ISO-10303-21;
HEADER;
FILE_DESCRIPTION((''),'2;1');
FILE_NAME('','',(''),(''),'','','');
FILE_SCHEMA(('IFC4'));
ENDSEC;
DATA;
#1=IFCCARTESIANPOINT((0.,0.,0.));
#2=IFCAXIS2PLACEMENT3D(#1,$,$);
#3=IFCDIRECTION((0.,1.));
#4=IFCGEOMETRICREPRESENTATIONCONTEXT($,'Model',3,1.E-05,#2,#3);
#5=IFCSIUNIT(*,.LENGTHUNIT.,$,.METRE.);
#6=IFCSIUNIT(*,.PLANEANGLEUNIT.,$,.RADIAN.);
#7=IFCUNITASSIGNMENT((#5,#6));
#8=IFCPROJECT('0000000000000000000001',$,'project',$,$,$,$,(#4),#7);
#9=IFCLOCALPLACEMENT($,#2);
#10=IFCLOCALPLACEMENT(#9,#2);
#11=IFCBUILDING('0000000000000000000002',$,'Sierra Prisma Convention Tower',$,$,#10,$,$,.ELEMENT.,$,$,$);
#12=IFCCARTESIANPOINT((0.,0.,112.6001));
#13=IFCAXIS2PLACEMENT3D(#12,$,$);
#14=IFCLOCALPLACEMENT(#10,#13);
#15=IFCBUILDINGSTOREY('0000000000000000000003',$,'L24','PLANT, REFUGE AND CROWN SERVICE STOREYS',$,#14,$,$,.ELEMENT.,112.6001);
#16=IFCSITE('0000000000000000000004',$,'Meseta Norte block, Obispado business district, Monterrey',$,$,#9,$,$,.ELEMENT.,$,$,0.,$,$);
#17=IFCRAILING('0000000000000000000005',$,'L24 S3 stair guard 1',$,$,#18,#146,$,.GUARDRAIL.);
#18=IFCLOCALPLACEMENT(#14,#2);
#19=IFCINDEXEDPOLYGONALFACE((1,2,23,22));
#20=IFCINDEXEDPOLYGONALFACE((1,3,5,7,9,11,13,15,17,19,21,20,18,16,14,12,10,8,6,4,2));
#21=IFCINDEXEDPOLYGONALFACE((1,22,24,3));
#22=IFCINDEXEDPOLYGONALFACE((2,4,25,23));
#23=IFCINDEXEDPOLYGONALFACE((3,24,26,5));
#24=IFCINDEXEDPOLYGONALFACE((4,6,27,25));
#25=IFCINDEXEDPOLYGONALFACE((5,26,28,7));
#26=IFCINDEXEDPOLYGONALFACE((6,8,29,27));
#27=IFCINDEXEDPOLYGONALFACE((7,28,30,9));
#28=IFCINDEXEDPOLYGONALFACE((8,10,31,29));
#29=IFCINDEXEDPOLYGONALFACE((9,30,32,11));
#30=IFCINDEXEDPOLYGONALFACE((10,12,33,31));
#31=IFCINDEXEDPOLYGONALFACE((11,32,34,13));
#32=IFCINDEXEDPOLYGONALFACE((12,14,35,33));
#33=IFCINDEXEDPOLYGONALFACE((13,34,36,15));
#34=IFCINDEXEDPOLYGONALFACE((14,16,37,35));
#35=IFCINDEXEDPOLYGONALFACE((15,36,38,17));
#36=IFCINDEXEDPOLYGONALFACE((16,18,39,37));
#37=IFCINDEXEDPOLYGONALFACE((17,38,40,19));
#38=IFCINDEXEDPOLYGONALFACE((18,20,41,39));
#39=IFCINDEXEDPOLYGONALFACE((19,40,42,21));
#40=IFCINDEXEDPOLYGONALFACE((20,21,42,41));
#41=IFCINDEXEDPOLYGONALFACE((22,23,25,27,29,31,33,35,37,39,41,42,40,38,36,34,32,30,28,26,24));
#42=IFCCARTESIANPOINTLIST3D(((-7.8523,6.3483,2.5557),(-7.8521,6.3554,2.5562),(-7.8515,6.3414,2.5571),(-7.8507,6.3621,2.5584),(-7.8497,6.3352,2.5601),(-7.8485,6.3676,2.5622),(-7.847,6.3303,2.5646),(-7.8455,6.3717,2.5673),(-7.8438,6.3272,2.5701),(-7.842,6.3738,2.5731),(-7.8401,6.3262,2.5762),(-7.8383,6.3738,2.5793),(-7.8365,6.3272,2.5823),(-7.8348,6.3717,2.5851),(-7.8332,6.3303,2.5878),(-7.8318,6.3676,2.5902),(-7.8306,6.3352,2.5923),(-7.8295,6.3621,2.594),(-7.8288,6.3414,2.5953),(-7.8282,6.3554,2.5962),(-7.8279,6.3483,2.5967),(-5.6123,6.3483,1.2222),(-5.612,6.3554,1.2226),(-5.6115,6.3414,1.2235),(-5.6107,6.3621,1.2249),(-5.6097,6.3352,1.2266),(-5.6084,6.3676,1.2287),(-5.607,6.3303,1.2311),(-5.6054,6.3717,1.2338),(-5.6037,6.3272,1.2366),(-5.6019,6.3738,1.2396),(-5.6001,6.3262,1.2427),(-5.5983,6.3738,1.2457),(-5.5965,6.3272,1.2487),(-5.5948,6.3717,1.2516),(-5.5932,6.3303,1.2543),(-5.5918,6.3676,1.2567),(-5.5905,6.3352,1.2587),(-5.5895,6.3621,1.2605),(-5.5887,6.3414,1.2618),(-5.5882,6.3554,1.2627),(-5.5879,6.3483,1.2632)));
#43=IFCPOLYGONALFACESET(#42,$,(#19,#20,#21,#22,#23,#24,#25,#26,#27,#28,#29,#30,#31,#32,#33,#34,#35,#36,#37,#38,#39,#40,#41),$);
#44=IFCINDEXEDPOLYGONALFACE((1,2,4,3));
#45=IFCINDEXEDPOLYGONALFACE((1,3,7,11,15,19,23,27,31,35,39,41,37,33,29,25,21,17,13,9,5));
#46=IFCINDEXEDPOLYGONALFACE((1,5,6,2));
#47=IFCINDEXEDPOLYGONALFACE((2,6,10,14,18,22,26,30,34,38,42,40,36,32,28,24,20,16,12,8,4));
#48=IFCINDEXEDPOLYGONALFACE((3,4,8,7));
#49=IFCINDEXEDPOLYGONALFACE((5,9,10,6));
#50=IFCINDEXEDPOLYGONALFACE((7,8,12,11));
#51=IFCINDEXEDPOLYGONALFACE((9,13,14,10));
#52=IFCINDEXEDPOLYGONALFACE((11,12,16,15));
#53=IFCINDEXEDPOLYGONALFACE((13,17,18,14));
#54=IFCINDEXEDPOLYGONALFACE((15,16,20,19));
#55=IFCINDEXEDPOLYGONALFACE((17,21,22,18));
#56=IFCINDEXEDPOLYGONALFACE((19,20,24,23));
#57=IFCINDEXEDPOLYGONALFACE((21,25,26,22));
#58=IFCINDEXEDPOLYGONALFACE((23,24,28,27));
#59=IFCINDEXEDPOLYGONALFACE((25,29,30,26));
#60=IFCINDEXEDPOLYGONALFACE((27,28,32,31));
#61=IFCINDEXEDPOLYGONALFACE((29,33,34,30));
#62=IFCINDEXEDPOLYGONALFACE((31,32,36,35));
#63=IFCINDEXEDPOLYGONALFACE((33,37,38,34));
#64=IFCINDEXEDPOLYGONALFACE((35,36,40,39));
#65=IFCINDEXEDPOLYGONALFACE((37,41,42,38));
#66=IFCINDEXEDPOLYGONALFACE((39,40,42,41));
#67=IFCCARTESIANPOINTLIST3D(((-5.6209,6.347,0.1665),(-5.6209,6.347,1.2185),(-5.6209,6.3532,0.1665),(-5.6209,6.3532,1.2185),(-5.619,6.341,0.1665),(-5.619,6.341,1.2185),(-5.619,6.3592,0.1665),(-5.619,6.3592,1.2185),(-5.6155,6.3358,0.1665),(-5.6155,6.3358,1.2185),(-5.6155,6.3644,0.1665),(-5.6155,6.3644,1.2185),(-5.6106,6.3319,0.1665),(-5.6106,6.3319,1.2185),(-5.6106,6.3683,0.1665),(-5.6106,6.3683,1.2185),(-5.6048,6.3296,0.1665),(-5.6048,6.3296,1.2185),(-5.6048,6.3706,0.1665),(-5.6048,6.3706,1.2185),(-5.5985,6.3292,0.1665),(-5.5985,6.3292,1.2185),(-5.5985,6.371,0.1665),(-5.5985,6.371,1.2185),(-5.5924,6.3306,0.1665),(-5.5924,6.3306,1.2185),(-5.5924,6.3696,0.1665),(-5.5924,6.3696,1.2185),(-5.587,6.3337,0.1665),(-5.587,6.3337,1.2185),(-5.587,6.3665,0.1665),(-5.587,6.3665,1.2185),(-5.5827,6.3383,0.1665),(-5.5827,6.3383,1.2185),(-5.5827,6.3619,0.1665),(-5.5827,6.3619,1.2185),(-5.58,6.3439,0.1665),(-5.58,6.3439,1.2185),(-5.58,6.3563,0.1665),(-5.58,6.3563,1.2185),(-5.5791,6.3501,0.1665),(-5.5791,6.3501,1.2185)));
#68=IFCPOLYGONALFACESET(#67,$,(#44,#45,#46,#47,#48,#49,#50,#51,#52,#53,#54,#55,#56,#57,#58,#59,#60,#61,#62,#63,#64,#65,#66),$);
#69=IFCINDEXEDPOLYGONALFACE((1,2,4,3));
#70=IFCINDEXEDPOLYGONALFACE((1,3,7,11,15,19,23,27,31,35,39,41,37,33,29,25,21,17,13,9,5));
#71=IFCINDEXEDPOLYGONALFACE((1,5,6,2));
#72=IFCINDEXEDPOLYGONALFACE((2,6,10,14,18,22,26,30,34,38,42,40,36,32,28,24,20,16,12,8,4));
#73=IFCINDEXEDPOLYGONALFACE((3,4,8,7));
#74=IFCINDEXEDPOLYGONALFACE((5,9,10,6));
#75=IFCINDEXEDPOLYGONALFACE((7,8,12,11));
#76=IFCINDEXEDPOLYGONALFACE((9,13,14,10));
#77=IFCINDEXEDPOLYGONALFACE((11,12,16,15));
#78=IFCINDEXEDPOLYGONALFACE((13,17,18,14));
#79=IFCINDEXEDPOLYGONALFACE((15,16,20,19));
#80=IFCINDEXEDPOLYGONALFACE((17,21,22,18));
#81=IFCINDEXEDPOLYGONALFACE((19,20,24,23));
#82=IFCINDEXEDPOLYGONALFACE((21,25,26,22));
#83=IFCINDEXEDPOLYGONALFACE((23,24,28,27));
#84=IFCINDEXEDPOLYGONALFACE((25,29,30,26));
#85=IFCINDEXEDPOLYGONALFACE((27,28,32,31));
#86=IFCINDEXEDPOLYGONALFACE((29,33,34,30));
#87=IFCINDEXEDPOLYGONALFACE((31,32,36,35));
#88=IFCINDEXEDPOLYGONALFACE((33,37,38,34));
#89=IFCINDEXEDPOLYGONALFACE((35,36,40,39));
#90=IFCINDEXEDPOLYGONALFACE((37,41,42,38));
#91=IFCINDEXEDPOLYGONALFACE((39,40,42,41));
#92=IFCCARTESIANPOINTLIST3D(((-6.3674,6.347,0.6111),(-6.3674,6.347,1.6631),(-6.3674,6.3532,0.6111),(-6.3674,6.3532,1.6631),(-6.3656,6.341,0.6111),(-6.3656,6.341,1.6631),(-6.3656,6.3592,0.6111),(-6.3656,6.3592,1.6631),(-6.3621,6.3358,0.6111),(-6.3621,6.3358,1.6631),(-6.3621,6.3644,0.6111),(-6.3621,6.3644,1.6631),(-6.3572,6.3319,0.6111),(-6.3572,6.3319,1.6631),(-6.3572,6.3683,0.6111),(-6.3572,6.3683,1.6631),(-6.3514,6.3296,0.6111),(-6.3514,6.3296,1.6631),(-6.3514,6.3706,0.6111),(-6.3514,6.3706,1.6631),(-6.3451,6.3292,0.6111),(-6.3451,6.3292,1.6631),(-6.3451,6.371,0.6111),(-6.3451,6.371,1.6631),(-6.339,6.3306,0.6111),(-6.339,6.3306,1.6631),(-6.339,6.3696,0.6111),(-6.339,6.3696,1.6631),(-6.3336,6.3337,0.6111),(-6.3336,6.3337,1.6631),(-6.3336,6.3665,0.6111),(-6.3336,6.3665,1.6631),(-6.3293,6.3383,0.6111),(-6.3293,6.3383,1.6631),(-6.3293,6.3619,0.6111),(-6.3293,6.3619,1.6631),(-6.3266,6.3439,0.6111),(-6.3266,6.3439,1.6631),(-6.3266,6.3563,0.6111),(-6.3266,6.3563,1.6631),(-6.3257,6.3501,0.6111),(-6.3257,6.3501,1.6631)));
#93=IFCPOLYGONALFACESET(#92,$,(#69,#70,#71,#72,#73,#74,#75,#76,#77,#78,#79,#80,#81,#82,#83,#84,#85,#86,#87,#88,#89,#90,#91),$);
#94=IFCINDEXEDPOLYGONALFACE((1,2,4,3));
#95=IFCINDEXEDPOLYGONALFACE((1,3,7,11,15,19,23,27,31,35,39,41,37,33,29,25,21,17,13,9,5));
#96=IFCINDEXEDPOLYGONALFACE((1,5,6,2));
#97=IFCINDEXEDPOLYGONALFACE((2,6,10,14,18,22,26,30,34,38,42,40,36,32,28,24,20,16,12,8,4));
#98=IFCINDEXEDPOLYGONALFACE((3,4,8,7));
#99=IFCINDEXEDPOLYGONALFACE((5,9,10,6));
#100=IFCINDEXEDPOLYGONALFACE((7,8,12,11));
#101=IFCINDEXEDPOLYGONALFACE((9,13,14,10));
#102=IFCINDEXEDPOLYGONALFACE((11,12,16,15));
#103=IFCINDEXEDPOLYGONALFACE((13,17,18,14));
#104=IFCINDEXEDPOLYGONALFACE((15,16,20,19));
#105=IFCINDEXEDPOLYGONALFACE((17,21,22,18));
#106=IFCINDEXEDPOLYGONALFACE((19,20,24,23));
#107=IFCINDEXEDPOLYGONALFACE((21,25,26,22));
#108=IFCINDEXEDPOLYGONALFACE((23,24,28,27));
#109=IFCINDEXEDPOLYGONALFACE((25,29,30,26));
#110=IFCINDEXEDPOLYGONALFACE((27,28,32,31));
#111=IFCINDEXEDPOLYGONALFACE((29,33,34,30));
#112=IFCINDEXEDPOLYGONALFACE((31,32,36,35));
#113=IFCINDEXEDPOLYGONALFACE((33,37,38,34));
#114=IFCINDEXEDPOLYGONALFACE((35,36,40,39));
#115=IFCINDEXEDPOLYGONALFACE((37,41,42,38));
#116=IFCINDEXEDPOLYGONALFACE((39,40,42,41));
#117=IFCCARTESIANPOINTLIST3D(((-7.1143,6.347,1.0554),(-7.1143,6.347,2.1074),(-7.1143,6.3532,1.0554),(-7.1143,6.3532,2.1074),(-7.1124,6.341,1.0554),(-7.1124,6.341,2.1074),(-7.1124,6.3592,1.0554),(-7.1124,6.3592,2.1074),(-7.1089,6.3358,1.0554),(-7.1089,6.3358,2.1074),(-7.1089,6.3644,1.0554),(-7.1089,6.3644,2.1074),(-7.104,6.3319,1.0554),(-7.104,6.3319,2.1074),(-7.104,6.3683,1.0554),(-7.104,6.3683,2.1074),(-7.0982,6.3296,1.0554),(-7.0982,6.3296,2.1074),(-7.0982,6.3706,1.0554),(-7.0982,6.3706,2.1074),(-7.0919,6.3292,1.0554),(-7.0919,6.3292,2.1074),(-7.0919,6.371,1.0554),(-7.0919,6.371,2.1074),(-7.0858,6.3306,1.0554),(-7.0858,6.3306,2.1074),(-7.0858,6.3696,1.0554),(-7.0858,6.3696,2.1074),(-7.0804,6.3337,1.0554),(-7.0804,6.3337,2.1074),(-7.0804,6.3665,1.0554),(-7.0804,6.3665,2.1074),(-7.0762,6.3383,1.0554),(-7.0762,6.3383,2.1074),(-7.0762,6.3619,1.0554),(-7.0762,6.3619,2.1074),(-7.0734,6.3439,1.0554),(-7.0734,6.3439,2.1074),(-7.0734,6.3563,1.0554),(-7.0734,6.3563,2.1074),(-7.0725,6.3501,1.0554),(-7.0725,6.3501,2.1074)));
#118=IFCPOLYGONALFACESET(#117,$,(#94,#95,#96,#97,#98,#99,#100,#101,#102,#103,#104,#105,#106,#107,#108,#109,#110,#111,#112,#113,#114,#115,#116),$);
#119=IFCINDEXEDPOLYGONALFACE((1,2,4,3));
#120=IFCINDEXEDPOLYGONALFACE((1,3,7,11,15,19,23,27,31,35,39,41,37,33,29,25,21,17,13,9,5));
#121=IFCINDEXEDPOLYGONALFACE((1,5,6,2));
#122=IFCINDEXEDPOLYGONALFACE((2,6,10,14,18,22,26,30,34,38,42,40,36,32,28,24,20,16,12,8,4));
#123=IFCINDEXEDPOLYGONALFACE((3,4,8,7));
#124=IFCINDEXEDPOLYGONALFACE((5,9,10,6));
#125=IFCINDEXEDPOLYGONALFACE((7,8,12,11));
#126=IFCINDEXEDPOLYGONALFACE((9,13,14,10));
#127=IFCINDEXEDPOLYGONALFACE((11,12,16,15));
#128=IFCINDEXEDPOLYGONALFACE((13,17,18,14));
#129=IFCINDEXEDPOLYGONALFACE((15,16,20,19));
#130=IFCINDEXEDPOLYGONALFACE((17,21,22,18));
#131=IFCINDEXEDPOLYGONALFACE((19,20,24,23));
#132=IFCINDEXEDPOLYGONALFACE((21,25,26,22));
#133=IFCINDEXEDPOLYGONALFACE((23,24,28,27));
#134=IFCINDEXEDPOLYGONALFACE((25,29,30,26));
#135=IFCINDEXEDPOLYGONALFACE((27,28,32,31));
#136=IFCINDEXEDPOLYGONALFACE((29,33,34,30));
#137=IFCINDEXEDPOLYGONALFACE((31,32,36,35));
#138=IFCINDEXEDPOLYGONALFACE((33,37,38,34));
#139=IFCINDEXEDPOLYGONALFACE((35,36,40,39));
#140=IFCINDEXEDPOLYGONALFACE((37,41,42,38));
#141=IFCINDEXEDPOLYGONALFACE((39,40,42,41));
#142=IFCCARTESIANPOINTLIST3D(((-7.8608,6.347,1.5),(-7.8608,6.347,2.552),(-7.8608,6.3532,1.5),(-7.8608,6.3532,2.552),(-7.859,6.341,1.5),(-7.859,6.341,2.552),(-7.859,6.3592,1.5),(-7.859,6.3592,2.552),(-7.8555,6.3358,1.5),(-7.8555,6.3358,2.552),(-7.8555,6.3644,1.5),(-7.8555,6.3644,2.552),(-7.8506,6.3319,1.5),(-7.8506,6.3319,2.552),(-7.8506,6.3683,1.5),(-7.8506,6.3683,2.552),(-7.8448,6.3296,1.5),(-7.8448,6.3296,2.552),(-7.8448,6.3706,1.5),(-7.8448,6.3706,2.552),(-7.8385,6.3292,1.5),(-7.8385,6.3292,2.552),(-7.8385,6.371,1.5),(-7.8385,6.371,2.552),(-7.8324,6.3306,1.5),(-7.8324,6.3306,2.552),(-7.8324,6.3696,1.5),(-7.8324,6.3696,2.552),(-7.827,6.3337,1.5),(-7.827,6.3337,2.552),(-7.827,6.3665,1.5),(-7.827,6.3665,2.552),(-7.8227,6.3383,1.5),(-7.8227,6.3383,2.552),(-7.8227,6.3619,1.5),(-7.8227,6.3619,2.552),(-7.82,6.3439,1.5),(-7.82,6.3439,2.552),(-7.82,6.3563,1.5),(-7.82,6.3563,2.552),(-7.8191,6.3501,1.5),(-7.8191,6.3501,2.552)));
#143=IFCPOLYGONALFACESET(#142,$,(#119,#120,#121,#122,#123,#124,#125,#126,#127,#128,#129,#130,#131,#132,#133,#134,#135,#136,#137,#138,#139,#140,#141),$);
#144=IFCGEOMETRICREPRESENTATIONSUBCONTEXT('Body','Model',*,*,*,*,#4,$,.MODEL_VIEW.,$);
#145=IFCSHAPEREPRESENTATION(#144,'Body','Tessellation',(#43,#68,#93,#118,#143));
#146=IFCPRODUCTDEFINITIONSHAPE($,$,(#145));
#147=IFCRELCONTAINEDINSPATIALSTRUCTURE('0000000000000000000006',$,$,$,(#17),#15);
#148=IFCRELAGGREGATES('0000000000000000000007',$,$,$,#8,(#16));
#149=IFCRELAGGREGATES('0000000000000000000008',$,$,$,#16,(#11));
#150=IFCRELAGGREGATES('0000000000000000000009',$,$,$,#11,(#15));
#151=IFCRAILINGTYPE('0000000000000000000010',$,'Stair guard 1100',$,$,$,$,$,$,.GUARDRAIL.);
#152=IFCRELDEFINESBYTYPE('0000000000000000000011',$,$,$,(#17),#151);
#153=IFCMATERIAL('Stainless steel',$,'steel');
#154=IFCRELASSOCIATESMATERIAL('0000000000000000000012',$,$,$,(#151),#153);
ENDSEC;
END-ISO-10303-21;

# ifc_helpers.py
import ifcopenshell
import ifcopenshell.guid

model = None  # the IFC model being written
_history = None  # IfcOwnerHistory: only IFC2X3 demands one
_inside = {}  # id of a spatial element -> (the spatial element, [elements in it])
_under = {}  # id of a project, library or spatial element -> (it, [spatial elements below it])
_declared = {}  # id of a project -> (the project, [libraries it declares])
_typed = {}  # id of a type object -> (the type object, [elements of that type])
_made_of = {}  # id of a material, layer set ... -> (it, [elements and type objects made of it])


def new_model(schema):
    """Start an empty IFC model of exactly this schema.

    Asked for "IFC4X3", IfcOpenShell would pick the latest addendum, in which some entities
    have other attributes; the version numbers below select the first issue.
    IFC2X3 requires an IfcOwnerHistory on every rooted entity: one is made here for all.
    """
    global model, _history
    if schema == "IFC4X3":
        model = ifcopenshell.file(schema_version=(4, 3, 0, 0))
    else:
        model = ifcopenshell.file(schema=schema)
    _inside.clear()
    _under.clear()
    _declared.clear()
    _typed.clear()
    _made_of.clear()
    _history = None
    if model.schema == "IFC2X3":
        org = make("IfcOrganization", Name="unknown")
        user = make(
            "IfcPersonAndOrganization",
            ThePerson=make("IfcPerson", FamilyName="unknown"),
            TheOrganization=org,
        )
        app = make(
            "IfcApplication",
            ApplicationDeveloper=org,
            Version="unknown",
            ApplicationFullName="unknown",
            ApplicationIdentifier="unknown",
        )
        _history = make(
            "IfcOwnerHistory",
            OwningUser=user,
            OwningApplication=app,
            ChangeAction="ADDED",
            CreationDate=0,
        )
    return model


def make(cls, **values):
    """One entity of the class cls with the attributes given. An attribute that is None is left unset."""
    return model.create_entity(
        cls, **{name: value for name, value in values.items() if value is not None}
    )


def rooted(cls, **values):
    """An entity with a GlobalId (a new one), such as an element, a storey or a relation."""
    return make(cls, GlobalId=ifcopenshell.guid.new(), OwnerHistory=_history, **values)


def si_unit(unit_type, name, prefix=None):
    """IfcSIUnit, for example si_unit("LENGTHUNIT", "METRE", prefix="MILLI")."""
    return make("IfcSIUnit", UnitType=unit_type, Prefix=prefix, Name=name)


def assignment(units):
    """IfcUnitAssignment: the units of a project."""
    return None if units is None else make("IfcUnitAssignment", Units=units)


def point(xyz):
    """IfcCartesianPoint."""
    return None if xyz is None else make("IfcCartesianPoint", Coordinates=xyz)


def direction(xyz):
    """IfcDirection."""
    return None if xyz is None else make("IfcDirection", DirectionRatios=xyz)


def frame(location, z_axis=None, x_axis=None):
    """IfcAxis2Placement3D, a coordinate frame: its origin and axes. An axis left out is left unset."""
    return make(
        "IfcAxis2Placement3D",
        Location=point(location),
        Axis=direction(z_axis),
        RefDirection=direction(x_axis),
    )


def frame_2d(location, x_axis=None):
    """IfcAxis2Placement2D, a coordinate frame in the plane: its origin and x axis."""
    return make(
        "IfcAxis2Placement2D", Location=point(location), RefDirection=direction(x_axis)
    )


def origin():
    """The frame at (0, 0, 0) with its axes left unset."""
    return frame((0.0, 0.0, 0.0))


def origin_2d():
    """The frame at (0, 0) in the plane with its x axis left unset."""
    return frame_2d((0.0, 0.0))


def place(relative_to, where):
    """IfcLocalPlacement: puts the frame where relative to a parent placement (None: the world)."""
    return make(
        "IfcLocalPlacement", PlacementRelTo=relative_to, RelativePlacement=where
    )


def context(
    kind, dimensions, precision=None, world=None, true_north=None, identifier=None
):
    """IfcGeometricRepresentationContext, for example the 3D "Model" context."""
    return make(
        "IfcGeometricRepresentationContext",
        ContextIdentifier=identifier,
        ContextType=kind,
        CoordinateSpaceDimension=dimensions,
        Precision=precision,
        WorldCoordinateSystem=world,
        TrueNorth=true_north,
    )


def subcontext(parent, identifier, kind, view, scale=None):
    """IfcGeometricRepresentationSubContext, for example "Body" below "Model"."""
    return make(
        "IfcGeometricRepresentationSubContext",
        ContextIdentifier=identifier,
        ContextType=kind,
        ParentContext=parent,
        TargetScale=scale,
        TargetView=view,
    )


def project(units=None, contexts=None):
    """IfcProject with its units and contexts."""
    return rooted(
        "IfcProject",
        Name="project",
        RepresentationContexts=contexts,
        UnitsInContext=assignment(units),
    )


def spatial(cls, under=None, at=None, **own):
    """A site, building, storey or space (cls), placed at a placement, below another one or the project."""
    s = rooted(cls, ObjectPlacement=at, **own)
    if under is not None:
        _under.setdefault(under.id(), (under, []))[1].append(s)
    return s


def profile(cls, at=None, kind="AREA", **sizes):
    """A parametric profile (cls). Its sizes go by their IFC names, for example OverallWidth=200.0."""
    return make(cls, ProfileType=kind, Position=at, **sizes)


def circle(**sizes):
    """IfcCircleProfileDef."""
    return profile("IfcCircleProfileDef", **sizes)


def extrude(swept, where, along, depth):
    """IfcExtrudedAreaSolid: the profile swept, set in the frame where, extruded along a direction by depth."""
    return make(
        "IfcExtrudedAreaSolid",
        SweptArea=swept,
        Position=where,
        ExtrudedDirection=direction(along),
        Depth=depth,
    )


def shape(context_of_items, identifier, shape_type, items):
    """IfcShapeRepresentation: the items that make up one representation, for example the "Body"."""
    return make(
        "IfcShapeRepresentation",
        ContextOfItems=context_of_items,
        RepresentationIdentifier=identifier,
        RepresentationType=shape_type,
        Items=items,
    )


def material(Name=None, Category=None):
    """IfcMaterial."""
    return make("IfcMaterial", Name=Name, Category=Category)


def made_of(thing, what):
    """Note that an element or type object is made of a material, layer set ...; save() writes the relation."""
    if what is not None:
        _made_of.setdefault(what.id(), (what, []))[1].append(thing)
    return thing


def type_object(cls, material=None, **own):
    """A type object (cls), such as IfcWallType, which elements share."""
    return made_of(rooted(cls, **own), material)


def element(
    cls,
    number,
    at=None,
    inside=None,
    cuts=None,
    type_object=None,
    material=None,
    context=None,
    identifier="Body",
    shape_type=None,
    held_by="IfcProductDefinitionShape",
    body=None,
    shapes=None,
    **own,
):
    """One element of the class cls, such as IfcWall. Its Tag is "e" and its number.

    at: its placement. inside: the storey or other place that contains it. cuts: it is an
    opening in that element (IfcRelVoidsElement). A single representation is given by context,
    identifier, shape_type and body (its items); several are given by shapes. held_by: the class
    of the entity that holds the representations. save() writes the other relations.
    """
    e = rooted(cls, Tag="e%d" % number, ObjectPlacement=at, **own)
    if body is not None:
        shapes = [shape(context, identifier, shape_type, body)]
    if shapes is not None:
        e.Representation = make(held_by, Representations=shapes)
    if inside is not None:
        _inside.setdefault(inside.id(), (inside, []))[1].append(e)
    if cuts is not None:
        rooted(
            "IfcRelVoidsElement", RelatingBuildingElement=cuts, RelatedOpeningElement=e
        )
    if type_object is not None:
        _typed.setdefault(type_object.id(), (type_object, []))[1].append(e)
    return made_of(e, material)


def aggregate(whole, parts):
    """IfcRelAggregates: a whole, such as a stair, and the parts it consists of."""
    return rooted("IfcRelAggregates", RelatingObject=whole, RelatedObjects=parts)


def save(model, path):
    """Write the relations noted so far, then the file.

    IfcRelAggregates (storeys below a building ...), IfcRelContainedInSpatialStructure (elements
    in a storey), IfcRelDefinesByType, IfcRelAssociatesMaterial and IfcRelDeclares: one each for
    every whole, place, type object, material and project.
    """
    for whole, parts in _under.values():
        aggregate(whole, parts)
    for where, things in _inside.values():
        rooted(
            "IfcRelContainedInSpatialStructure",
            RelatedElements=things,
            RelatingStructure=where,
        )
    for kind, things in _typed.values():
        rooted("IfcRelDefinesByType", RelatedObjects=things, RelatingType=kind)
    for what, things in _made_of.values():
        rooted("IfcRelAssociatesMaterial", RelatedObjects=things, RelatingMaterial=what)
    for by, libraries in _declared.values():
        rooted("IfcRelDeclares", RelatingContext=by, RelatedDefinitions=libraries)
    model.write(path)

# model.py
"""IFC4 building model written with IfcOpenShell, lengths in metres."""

from ifc_helpers import new_model, si_unit, direction, frame, origin, origin_2d, place, context, subcontext, project, spatial, circle, extrude, material, type_object, element, save


model = new_model("IFC4")

# Units and contexts
model_context = context("Model", 3, precision=1e-05, world=origin(), true_north=direction((0.0, 1.0)))
body_context = subcontext(model_context, "Body", "Model", "MODEL_VIEW")
ifc_project = project(units=[si_unit("LENGTHUNIT", "METRE"), si_unit("PLANEANGLEUNIT", "RADIAN")], contexts=[model_context])

# Site, building, storey
site_placement = place(None, origin())
site = spatial("IfcSite", under=ifc_project, at=site_placement, Name="Meseta Norte block, Obispado business district, Monterrey", CompositionType="ELEMENT", RefElevation=0.0)
building_placement = place(site_placement, origin())
building = spatial("IfcBuilding", under=site, at=building_placement, Name="Sierra Prisma Convention Tower", CompositionType="ELEMENT")
storey_placement = place(building_placement, frame((0.0, 0.0, 112.6001)))
storey = spatial("IfcBuildingStorey", under=building, at=storey_placement, Name="L24", Description="PLANT, REFUGE AND CROWN SERVICE STOREYS", CompositionType="ELEMENT", Elevation=112.6001)

# Railing
ifc_material_1 = material(Name="Stainless steel", Category="steel")
railing_type_1 = type_object("IfcRailingType", Name="Stair guard 1100", PredefinedType="GUARDRAIL", material=ifc_material_1)
railing_1_placement = place(storey_placement, frame((-5.6001, 6.3501, 0.1665)))
element("IfcRailing", 1, at=railing_1_placement, inside=storey, type_object=railing_type_1, Name="L24 S3 stair guard 1", PredefinedType="GUARDRAIL", context=body_context, shape_type="SweptSolid", body=[
    extrude(circle(Radius=0.0239, at=origin_2d()), frame((0.0, 0.0, 1.0762), z_axis=(-0.859264, 0.0, 0.511532), x_axis=(0.0, -1.0, 0.0)), (0.0, 0.0, 1.0), 2.6069),
    extrude(circle(Radius=0.021, at=origin_2d()), origin(), (0.0, 0.0, 1.0), 1.052),
    extrude(circle(Radius=0.021, at=origin_2d()), frame((-0.7466, 0.0, 0.4446)), (0.0, 0.0, 1.0), 1.052),
    extrude(circle(Radius=0.021, at=origin_2d()), frame((-1.4934, 0.0, 0.8889)), (0.0, 0.0, 1.0), 1.052),
    extrude(circle(Radius=0.021, at=origin_2d()), frame((-2.24, 0.0, 1.3335)), (0.0, 0.0, 1.0), 1.052),
])

save(model, "model.ifc")
